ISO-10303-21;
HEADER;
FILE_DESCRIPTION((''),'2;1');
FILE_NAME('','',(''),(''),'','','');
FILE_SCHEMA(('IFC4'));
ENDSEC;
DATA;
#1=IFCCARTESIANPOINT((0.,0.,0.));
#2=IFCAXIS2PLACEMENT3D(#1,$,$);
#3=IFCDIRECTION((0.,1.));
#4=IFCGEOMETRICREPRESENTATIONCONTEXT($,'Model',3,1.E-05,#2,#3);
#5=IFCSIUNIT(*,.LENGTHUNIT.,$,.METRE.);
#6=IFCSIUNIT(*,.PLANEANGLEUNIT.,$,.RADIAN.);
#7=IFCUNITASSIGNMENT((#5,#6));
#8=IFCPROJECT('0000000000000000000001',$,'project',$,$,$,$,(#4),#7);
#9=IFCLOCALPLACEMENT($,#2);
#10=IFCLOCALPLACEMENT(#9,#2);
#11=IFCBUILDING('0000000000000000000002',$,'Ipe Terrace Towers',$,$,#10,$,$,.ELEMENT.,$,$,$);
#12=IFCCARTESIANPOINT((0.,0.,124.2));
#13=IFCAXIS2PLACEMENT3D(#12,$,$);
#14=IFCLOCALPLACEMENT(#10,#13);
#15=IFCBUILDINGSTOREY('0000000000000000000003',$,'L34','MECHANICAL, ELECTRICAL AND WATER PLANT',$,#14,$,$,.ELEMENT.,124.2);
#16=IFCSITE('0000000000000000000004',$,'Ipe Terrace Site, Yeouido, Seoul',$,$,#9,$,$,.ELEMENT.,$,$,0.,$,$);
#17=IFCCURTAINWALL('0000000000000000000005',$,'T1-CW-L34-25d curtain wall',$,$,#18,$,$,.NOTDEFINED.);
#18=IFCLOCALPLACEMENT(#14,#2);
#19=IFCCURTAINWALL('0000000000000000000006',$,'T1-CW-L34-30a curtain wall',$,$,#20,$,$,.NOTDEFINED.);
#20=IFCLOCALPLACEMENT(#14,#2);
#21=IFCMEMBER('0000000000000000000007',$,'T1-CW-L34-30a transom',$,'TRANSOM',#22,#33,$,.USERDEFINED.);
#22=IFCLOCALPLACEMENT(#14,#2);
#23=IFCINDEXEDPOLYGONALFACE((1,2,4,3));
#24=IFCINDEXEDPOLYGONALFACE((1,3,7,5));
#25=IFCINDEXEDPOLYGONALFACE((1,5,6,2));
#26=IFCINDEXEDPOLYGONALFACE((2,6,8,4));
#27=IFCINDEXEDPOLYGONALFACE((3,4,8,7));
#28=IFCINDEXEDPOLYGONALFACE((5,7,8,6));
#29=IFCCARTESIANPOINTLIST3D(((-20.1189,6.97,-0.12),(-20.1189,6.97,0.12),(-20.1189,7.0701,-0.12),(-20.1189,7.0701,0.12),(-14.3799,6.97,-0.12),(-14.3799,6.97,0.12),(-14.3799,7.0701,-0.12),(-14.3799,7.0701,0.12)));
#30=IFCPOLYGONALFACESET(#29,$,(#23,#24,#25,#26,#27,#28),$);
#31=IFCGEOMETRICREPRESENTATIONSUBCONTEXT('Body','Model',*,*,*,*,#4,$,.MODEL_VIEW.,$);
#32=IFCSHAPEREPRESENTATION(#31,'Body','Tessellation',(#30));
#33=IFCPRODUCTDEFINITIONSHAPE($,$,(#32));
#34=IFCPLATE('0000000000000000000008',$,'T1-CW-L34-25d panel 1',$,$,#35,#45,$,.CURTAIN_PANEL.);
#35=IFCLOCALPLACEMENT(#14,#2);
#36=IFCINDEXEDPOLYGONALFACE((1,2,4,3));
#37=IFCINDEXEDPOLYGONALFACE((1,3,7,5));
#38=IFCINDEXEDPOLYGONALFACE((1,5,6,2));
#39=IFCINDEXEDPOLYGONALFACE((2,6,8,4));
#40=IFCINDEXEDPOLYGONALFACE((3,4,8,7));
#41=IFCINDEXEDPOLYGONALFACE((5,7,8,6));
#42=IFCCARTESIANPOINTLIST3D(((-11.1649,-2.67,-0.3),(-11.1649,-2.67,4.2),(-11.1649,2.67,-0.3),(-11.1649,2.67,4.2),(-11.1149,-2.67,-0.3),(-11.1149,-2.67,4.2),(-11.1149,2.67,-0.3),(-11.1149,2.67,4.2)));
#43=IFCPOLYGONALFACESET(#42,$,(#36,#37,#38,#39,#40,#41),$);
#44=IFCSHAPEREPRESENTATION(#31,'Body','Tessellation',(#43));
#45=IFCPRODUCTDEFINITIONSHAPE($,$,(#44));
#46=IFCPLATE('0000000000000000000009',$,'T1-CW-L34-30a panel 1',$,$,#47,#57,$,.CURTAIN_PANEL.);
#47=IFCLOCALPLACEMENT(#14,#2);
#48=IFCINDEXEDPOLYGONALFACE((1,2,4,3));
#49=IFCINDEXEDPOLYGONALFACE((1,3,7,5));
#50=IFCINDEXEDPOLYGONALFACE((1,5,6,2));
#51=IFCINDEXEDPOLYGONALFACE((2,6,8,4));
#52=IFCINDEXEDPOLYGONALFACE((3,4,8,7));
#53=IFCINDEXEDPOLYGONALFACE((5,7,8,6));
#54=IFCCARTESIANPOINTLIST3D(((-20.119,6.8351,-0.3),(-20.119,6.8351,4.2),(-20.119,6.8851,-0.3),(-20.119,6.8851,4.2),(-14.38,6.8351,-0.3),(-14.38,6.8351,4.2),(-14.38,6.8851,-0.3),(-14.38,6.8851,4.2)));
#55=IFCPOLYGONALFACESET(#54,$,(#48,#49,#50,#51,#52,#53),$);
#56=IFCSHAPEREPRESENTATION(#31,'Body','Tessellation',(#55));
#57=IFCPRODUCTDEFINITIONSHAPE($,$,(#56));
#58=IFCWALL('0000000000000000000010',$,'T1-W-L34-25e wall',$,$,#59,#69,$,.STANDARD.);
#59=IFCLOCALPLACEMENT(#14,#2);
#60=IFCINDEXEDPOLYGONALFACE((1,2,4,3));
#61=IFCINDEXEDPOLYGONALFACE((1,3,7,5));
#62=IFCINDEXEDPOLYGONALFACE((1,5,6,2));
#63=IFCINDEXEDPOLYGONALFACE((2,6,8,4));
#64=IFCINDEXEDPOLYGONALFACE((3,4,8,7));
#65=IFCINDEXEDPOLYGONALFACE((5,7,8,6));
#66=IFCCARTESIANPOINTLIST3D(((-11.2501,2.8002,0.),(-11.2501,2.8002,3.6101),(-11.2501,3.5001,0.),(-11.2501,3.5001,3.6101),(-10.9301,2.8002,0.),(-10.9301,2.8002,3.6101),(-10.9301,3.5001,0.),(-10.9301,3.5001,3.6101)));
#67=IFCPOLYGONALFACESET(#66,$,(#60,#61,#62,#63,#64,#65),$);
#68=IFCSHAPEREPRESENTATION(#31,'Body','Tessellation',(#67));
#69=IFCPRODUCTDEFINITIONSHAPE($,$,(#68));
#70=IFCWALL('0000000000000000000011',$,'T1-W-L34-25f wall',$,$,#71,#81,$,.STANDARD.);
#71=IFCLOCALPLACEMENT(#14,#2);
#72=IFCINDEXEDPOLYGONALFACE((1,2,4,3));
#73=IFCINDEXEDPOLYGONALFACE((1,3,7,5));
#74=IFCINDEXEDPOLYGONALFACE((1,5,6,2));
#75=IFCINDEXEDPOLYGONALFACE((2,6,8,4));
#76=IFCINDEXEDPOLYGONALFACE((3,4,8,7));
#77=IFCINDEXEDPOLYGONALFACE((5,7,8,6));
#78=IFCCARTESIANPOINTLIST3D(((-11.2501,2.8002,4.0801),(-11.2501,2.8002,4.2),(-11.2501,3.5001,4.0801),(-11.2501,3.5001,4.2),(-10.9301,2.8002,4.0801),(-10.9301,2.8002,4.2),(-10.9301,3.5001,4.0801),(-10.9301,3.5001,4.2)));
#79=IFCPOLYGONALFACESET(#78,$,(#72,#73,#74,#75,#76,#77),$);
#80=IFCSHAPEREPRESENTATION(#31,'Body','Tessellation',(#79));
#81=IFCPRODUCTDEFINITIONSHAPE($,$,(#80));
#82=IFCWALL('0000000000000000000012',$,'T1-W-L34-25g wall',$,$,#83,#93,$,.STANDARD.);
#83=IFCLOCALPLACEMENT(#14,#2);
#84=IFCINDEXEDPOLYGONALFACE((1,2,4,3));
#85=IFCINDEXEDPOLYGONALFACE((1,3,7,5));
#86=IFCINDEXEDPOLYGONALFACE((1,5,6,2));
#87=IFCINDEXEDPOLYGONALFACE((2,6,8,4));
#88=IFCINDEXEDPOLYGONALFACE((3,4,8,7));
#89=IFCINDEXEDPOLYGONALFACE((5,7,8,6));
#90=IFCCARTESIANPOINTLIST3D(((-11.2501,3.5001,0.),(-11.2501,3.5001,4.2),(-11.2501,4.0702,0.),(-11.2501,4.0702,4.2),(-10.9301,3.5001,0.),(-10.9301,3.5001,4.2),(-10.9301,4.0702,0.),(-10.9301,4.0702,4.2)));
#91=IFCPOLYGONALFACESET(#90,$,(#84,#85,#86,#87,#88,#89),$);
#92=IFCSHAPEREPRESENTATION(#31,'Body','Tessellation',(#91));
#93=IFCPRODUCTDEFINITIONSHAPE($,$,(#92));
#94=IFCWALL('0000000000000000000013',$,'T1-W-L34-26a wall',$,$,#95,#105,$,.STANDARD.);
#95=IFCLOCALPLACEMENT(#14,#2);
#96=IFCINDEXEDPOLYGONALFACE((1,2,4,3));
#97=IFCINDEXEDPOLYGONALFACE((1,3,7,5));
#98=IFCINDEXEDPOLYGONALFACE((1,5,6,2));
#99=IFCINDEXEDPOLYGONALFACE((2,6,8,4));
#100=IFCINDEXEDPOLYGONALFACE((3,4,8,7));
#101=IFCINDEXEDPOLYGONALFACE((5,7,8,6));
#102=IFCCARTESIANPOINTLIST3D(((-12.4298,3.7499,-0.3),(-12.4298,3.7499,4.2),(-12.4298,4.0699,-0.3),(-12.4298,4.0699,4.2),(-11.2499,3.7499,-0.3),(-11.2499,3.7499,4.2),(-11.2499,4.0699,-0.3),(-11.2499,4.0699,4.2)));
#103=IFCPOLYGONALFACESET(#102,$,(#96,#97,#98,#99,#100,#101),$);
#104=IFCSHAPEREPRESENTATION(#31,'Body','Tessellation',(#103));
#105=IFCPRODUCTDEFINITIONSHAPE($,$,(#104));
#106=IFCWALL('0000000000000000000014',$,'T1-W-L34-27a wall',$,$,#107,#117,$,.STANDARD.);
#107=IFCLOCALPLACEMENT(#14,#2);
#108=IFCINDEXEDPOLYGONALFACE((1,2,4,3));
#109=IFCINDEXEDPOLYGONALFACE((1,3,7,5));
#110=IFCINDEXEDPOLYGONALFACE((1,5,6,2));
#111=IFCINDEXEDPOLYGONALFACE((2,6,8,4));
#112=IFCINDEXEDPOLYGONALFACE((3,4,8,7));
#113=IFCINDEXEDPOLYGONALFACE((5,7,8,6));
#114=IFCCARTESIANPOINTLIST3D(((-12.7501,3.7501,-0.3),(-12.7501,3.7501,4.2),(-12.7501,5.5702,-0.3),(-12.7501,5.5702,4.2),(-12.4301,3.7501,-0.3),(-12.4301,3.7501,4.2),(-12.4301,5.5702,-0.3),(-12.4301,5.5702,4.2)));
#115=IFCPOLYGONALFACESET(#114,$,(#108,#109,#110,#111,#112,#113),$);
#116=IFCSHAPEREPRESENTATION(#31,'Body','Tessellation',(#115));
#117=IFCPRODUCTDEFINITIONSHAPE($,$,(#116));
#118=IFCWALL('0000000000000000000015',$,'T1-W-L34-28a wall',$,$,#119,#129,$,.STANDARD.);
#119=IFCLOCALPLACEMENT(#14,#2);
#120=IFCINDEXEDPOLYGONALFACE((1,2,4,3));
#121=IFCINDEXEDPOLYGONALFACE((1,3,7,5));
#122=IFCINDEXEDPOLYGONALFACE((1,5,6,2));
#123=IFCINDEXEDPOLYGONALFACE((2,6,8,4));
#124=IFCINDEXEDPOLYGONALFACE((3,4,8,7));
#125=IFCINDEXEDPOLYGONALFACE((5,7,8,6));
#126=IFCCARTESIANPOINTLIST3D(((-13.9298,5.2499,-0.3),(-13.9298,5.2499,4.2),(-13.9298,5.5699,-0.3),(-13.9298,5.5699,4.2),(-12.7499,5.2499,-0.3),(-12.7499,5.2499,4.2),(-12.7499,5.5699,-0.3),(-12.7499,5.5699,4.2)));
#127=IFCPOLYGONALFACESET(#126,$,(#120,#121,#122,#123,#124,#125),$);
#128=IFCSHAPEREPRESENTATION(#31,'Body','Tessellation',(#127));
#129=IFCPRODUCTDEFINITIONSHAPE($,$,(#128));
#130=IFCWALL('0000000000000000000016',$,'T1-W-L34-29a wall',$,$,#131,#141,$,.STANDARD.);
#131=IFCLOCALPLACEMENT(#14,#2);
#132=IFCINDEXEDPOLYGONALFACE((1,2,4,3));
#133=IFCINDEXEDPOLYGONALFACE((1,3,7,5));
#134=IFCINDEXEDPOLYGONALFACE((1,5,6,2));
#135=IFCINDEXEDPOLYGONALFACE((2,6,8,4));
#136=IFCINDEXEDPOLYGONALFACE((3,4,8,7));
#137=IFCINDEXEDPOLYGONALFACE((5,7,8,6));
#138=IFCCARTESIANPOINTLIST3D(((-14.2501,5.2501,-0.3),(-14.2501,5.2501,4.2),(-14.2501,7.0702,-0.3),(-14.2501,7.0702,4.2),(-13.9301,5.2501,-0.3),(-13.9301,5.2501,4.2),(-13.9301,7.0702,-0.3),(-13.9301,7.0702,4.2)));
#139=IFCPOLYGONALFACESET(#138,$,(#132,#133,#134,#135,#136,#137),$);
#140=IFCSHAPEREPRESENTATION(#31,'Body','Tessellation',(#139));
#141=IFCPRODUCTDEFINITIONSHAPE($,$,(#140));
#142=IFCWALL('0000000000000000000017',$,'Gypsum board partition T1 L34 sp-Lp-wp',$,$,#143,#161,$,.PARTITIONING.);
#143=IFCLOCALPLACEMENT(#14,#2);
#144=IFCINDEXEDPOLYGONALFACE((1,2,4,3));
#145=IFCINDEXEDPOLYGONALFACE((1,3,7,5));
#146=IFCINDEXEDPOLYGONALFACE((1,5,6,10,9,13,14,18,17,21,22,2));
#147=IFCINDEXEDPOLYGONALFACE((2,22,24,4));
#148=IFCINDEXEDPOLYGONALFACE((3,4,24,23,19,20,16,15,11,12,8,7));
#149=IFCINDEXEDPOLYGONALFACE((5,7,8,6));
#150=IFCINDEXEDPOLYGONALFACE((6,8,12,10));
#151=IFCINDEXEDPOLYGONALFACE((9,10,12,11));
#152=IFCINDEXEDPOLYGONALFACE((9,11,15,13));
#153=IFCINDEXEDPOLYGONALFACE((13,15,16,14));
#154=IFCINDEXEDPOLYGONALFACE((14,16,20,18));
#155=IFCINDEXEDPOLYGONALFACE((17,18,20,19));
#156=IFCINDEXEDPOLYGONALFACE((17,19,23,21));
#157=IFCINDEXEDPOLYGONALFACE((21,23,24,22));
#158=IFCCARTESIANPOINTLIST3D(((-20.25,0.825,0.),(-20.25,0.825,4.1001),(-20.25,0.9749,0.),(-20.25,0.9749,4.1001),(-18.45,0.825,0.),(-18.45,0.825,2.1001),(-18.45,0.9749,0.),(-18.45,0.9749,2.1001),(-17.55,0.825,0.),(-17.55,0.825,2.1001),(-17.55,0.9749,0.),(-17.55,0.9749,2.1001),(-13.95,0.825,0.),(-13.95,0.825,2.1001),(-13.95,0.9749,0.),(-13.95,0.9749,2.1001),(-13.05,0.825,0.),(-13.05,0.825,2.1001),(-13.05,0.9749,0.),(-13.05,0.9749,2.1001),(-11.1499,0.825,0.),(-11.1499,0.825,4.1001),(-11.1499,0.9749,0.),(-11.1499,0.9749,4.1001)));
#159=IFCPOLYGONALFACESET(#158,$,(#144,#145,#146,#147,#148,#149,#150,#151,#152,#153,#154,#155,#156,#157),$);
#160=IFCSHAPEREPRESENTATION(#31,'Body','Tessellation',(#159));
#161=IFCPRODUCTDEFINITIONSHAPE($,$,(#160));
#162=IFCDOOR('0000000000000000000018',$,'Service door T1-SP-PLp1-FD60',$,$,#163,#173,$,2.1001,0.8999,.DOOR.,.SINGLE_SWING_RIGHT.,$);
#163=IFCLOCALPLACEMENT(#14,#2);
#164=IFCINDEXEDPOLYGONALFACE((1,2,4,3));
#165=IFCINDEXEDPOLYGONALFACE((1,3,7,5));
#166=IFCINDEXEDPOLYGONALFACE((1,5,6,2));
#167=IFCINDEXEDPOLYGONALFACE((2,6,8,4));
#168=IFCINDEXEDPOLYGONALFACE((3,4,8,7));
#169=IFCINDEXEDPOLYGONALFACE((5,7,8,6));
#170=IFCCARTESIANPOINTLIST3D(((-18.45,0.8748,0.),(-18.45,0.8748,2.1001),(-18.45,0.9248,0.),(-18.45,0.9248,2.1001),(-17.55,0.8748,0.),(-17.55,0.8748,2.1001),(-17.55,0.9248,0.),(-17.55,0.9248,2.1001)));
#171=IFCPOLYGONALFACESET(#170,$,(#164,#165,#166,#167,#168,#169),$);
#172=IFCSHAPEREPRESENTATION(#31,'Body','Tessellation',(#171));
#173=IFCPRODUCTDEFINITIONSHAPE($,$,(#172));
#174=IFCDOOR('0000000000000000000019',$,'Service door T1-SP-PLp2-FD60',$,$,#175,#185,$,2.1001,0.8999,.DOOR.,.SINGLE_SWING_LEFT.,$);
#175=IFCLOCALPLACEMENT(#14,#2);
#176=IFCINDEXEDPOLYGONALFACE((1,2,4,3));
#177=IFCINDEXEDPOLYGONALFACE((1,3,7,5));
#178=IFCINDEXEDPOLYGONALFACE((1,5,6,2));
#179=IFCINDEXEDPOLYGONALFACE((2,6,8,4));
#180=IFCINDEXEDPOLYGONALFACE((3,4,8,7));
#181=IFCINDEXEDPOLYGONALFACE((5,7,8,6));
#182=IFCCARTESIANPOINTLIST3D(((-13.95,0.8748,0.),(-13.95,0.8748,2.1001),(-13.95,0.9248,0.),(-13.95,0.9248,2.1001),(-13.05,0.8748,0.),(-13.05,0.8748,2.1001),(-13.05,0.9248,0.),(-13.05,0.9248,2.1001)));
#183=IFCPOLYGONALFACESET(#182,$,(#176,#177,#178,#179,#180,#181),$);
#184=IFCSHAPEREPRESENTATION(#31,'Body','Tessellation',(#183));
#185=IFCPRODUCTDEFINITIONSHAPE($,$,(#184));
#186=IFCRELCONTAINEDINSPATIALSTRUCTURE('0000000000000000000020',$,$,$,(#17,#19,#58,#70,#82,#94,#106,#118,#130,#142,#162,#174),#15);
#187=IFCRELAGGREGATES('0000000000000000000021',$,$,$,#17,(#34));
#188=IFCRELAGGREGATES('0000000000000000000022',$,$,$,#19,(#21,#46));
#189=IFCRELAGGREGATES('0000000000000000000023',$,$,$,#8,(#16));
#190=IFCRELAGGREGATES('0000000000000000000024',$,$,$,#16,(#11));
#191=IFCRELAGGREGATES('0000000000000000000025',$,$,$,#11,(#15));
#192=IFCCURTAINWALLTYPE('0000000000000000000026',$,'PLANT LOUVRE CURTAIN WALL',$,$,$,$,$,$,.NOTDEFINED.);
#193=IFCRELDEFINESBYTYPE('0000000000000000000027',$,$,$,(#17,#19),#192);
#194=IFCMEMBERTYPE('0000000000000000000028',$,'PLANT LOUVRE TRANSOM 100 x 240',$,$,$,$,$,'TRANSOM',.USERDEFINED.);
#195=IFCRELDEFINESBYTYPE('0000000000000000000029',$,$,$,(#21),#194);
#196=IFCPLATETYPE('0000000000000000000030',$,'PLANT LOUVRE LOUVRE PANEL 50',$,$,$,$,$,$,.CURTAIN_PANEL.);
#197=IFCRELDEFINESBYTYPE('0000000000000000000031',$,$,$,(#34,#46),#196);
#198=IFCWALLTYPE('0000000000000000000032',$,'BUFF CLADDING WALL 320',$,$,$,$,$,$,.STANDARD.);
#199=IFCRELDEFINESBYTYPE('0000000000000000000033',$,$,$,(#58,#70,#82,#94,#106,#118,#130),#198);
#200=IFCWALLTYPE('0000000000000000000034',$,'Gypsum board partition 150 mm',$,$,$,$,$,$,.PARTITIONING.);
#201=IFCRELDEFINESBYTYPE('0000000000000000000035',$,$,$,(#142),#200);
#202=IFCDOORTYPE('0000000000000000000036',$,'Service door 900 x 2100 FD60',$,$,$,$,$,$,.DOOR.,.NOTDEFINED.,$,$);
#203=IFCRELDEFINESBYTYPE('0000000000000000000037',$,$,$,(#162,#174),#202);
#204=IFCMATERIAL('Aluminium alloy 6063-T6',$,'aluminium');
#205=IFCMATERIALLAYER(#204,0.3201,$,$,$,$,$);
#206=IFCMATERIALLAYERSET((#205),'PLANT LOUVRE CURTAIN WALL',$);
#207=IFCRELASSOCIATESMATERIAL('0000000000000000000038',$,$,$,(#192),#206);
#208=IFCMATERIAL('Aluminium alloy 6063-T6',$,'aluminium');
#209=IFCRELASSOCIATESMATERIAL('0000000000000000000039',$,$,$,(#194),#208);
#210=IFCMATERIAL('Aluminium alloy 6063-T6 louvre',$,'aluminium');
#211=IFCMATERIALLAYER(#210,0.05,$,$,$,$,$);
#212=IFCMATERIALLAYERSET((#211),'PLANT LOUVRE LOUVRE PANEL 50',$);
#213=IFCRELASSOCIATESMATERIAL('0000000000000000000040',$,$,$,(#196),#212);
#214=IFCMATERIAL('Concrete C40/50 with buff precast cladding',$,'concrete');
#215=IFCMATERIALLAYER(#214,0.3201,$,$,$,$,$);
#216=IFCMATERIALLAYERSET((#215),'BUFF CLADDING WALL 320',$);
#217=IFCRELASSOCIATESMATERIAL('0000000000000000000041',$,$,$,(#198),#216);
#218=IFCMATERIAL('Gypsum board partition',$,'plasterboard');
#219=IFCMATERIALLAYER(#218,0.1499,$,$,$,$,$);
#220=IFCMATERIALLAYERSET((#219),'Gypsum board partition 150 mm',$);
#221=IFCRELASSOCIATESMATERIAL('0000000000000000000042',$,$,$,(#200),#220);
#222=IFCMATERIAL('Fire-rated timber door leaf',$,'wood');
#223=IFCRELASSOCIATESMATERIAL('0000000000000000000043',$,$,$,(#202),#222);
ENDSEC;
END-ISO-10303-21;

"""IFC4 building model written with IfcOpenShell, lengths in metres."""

from ifc_helpers import new_model, si_unit, direction, frame, frame_2d, origin, origin_2d, place, context, subcontext, project, spatial, rectangle, extrude, material, layer, layer_set, material_profile, profile_set, type_object, element, fill, aggregate, save


model = new_model("IFC4")

# Units and contexts
model_context = context("Model", 3, precision=1e-05, world=origin(), true_north=direction((0.0, 1.0)))
body_context = subcontext(model_context, "Body", "Model", "MODEL_VIEW")
ifc_project = project(units=[si_unit("LENGTHUNIT", "METRE"), si_unit("PLANEANGLEUNIT", "RADIAN")], contexts=[model_context])

# Site, building, storey
site_placement = place(None, origin())
site = spatial("IfcSite", under=ifc_project, at=site_placement, Name="Ipe Terrace Site, Yeouido, Seoul", CompositionType="ELEMENT", RefElevation=0.0)
building_placement = place(site_placement, origin())
building = spatial("IfcBuilding", under=site, at=building_placement, Name="Ipe Terrace Towers", CompositionType="ELEMENT")
storey_placement = place(building_placement, frame((0.0, 0.0, 124.2)))
storey = spatial("IfcBuildingStorey", under=building, at=storey_placement, Name="L34", Description="MECHANICAL, ELECTRICAL AND WATER PLANT", CompositionType="ELEMENT", Elevation=124.2)

# Curtain wall
ifc_material_1 = material(Name="Aluminium alloy 6063-T6", Category="aluminium")
ifc_layer_1 = layer(ifc_material_1, 0.3201)
ifc_layer_set_1 = layer_set([ifc_layer_1], Name="PLANT LOUVRE CURTAIN WALL")
curtain_wall_type = type_object("IfcCurtainWallType", Name="PLANT LOUVRE CURTAIN WALL", PredefinedType="NOTDEFINED", material=ifc_layer_set_1)
curtain_wall_1_placement = place(storey_placement, origin())
curtain_wall_1 = element("IfcCurtainWall", 1, at=curtain_wall_1_placement, inside=storey, type_object=curtain_wall_type, Name="T1-CW-L34-25d curtain wall", PredefinedType="NOTDEFINED")

# Curtain wall, member
curtain_wall_2_placement = place(storey_placement, origin())
curtain_wall_2 = element("IfcCurtainWall", 2, at=curtain_wall_2_placement, inside=storey, type_object=curtain_wall_type, Name="T1-CW-L34-30a curtain wall", PredefinedType="NOTDEFINED")
ifc_material_2 = material(Name="Aluminium alloy 6063-T6", Category="aluminium")
ifc_material_profile_1 = material_profile(ifc_material_2, rectangle(XDim=0.1001, YDim=0.24, at=origin_2d()), Name="PLANT LOUVRE TRANSOM 100 x 240")
ifc_profile_set_1 = profile_set([ifc_material_profile_1], Name="Aluminium alloy 6063-T6")
member_type_1 = type_object("IfcMemberType", Name="PLANT LOUVRE TRANSOM 100 x 240", ElementType="TRANSOM", PredefinedType="USERDEFINED", material=ifc_profile_set_1)
member_1_placement = place(storey_placement, frame((-14.3799, 7.02, 0.0), z_axis=(-1.0, 0.0, 0.0), x_axis=(0.0, 1.0, 0.0)))
member_1 = element("IfcMember", 3, at=member_1_placement, type_object=member_type_1, Name="T1-CW-L34-30a transom", ObjectType="TRANSOM", PredefinedType="USERDEFINED", context=body_context, shape_type="SweptSolid", body=[
    extrude(rectangle(XDim=0.1001, YDim=0.24, at=origin_2d()), origin(), (0.0, 0.0, 1.0), 5.739),
])

# Plates
ifc_material_3 = material(Name="Aluminium alloy 6063-T6 louvre", Category="aluminium")
ifc_layer_2 = layer(ifc_material_3, 0.05)
ifc_layer_set_2 = layer_set([ifc_layer_2], Name="PLANT LOUVRE LOUVRE PANEL 50")
plate_type = type_object("IfcPlateType", Name="PLANT LOUVRE LOUVRE PANEL 50", PredefinedType="CURTAIN_PANEL", material=ifc_layer_set_2)
plate_1_placement = place(storey_placement, frame((-11.1399, 0.0, -0.3), z_axis=(0.0, 0.0, 1.0), x_axis=(0.0, 1.0, 0.0)))
plate_1 = element("IfcPlate", 4, at=plate_1_placement, type_object=plate_type, Name="T1-CW-L34-25d panel 1", PredefinedType="CURTAIN_PANEL", context=body_context, shape_type="SweptSolid", body=[
    extrude(rectangle(XDim=5.3401, YDim=0.05, at=origin_2d()), origin(), (0.0, 0.0, 1.0), 4.5),
])
aggregate(curtain_wall_1, [plate_1])
plate_2_placement = place(storey_placement, frame((-17.2495, 6.8601, -0.3), z_axis=(0.0, 0.0, 1.0), x_axis=(-1.0, 0.0, 0.0)))
plate_2 = element("IfcPlate", 5, at=plate_2_placement, type_object=plate_type, Name="T1-CW-L34-30a panel 1", PredefinedType="CURTAIN_PANEL", context=body_context, shape_type="SweptSolid", body=[
    extrude(rectangle(XDim=5.739, YDim=0.05, at=origin_2d()), origin(), (0.0, 0.0, 1.0), 4.5),
])
aggregate(curtain_wall_2, [member_1, plate_2])

# Walls
ifc_material_4 = material(Name="Concrete C40/50 with buff precast cladding", Category="concrete")
ifc_layer_3 = layer(ifc_material_4, 0.3201)
ifc_layer_set_3 = layer_set([ifc_layer_3], Name="BUFF CLADDING WALL 320")
wall_type_1 = type_object("IfcWallType", Name="BUFF CLADDING WALL 320", PredefinedType="STANDARD", material=ifc_layer_set_3)
wall_1_placement = place(storey_placement, frame((-11.0901, 2.8, 0.0), z_axis=(0.0, 0.0, 1.0), x_axis=(0.0, 1.0, 0.0)))
element("IfcWall", 6, at=wall_1_placement, inside=storey, type_object=wall_type_1, Name="T1-W-L34-25e wall", PredefinedType="STANDARD", context=body_context, shape_type="SweptSolid", body=[
    extrude(rectangle(XDim=0.7, YDim=0.3201, at=frame_2d((0.3501, 0.0))), origin(), (0.0, 0.0, 1.0), 3.6101),
])
wall_2_placement = place(storey_placement, frame((-11.0901, 2.8, 4.0801), z_axis=(0.0, 0.0, 1.0), x_axis=(0.0, 1.0, 0.0)))
element("IfcWall", 7, at=wall_2_placement, inside=storey, type_object=wall_type_1, Name="T1-W-L34-25f wall", PredefinedType="STANDARD", context=body_context, shape_type="SweptSolid", body=[
    extrude(rectangle(XDim=0.7, YDim=0.3201, at=frame_2d((0.3501, 0.0))), origin(), (0.0, 0.0, 1.0), 0.1199),
])
wall_3_placement = place(storey_placement, frame((-11.0901, 3.5, 0.0), z_axis=(0.0, 0.0, 1.0), x_axis=(0.0, 1.0, 0.0)))
element("IfcWall", 8, at=wall_3_placement, inside=storey, type_object=wall_type_1, Name="T1-W-L34-25g wall", PredefinedType="STANDARD", context=body_context, shape_type="SweptSolid", body=[
    extrude(rectangle(XDim=0.5701, YDim=0.3201, at=frame_2d((0.2852, 0.0))), origin(), (0.0, 0.0, 1.0), 4.2),
])
wall_4_placement = place(storey_placement, frame((-11.25, 3.9099, -0.3), z_axis=(0.0, 0.0, 1.0), x_axis=(-1.0, 0.0, 0.0)))
element("IfcWall", 9, at=wall_4_placement, inside=storey, type_object=wall_type_1, Name="T1-W-L34-26a wall", PredefinedType="STANDARD", context=body_context, shape_type="SweptSolid", body=[
    extrude(rectangle(XDim=1.1799, YDim=0.3201, at=frame_2d((0.5898, 0.0))), origin(), (0.0, 0.0, 1.0), 4.5),
])
wall_5_placement = place(storey_placement, frame((-12.5901, 3.75, -0.3), z_axis=(0.0, 0.0, 1.0), x_axis=(0.0, 1.0, 0.0)))
element("IfcWall", 10, at=wall_5_placement, inside=storey, type_object=wall_type_1, Name="T1-W-L34-27a wall", PredefinedType="STANDARD", context=body_context, shape_type="SweptSolid", body=[
    extrude(rectangle(XDim=1.8201, YDim=0.3201, at=frame_2d((0.9102, 0.0))), origin(), (0.0, 0.0, 1.0), 4.5),
])
wall_6_placement = place(storey_placement, frame((-12.75, 5.4099, -0.3), z_axis=(0.0, 0.0, 1.0), x_axis=(-1.0, 0.0, 0.0)))
element("IfcWall", 11, at=wall_6_placement, inside=storey, type_object=wall_type_1, Name="T1-W-L34-28a wall", PredefinedType="STANDARD", context=body_context, shape_type="SweptSolid", body=[
    extrude(rectangle(XDim=1.1799, YDim=0.3201, at=frame_2d((0.5898, 0.0))), origin(), (0.0, 0.0, 1.0), 4.5),
])
wall_7_placement = place(storey_placement, frame((-14.0901, 5.25, -0.3), z_axis=(0.0, 0.0, 1.0), x_axis=(0.0, 1.0, 0.0)))
element("IfcWall", 12, at=wall_7_placement, inside=storey, type_object=wall_type_1, Name="T1-W-L34-29a wall", PredefinedType="STANDARD", context=body_context, shape_type="SweptSolid", body=[
    extrude(rectangle(XDim=1.8201, YDim=0.3201, at=frame_2d((0.9102, 0.0))), origin(), (0.0, 0.0, 1.0), 4.5),
])

# Wall, openings, doors
ifc_material_5 = material(Name="Gypsum board partition", Category="plasterboard")
ifc_layer_4 = layer(ifc_material_5, 0.1499)
ifc_layer_set_4 = layer_set([ifc_layer_4], Name="Gypsum board partition 150 mm")
wall_type_2 = type_object("IfcWallType", Name="Gypsum board partition 150 mm", PredefinedType="PARTITIONING", material=ifc_layer_set_4)
wall_8_placement = place(storey_placement, frame((-20.25, 0.8999, 0.0), z_axis=(0.0, 0.0, 1.0), x_axis=(1.0, 0.0, 0.0)))
wall_8 = element("IfcWall", 13, at=wall_8_placement, inside=storey, type_object=wall_type_2, Name="Gypsum board partition T1 L34 sp-Lp-wp", PredefinedType="PARTITIONING", context=body_context, shape_type="SweptSolid", body=[
    extrude(rectangle(XDim=9.1001, YDim=0.1499, at=frame_2d((4.55, 0.0))), origin(), (0.0, 0.0, 1.0), 4.1001),
])
opening_1_placement = place(wall_8_placement, frame((1.8, 0.0, 0.0)))
opening_1 = element("IfcOpeningElement", 14, at=opening_1_placement, cuts=wall_8, PredefinedType="OPENING", context=body_context, shape_type="SweptSolid", body=[
    extrude(rectangle(XDim=0.8999, YDim=2.1001, at=frame_2d((0.45, 1.05))), frame((0.0, 0.085, 0.0), z_axis=(0.0, -1.0, 0.0), x_axis=(1.0, 0.0, 0.0)), (0.0, 0.0, 1.0), 0.1699),
])
opening_2_placement = place(wall_8_placement, frame((6.3, 0.0, 0.0)))
opening_2 = element("IfcOpeningElement", 15, at=opening_2_placement, cuts=wall_8, PredefinedType="OPENING", context=body_context, shape_type="SweptSolid", body=[
    extrude(rectangle(XDim=0.8999, YDim=2.1001, at=frame_2d((0.45, 1.05))), frame((0.0, 0.085, 0.0), z_axis=(0.0, -1.0, 0.0), x_axis=(1.0, 0.0, 0.0)), (0.0, 0.0, 1.0), 0.1699),
])
ifc_material_6 = material(Name="Fire-rated timber door leaf", Category="wood")
door_type = type_object("IfcDoorType", Name="Service door 900 x 2100 FD60", OperationType="NOTDEFINED", PredefinedType="DOOR", material=ifc_material_6)
door_1_placement = place(opening_1_placement, origin())
door_1 = element("IfcDoor", 16, at=door_1_placement, inside=storey, type_object=door_type, Name="Service door T1-SP-PLp1-FD60", OperationType="SINGLE_SWING_RIGHT", OverallHeight=2.1001, OverallWidth=0.8999, PredefinedType="DOOR", context=body_context, shape_type="SweptSolid", body=[
    extrude(rectangle(XDim=0.8999, YDim=2.1001, at=frame_2d((0.45, 1.05))), frame((0.0, 0.0249, 0.0), z_axis=(0.0, -1.0, 0.0), x_axis=(1.0, 0.0, 0.0)), (0.0, 0.0, 1.0), 0.05),
])
fill(opening_1, door_1)
door_2_placement = place(opening_2_placement, origin())
door_2 = element("IfcDoor", 17, at=door_2_placement, inside=storey, type_object=door_type, Name="Service door T1-SP-PLp2-FD60", OperationType="SINGLE_SWING_LEFT", OverallHeight=2.1001, OverallWidth=0.8999, PredefinedType="DOOR", context=body_context, shape_type="SweptSolid", body=[
    extrude(rectangle(XDim=0.8999, YDim=2.1001, at=frame_2d((0.45, 1.05))), frame((0.0, 0.0249, 0.0), z_axis=(0.0, -1.0, 0.0), x_axis=(1.0, 0.0, 0.0)), (0.0, 0.0, 1.0), 0.05),
])
fill(opening_2, door_2)

save(model, "model.ifc")
